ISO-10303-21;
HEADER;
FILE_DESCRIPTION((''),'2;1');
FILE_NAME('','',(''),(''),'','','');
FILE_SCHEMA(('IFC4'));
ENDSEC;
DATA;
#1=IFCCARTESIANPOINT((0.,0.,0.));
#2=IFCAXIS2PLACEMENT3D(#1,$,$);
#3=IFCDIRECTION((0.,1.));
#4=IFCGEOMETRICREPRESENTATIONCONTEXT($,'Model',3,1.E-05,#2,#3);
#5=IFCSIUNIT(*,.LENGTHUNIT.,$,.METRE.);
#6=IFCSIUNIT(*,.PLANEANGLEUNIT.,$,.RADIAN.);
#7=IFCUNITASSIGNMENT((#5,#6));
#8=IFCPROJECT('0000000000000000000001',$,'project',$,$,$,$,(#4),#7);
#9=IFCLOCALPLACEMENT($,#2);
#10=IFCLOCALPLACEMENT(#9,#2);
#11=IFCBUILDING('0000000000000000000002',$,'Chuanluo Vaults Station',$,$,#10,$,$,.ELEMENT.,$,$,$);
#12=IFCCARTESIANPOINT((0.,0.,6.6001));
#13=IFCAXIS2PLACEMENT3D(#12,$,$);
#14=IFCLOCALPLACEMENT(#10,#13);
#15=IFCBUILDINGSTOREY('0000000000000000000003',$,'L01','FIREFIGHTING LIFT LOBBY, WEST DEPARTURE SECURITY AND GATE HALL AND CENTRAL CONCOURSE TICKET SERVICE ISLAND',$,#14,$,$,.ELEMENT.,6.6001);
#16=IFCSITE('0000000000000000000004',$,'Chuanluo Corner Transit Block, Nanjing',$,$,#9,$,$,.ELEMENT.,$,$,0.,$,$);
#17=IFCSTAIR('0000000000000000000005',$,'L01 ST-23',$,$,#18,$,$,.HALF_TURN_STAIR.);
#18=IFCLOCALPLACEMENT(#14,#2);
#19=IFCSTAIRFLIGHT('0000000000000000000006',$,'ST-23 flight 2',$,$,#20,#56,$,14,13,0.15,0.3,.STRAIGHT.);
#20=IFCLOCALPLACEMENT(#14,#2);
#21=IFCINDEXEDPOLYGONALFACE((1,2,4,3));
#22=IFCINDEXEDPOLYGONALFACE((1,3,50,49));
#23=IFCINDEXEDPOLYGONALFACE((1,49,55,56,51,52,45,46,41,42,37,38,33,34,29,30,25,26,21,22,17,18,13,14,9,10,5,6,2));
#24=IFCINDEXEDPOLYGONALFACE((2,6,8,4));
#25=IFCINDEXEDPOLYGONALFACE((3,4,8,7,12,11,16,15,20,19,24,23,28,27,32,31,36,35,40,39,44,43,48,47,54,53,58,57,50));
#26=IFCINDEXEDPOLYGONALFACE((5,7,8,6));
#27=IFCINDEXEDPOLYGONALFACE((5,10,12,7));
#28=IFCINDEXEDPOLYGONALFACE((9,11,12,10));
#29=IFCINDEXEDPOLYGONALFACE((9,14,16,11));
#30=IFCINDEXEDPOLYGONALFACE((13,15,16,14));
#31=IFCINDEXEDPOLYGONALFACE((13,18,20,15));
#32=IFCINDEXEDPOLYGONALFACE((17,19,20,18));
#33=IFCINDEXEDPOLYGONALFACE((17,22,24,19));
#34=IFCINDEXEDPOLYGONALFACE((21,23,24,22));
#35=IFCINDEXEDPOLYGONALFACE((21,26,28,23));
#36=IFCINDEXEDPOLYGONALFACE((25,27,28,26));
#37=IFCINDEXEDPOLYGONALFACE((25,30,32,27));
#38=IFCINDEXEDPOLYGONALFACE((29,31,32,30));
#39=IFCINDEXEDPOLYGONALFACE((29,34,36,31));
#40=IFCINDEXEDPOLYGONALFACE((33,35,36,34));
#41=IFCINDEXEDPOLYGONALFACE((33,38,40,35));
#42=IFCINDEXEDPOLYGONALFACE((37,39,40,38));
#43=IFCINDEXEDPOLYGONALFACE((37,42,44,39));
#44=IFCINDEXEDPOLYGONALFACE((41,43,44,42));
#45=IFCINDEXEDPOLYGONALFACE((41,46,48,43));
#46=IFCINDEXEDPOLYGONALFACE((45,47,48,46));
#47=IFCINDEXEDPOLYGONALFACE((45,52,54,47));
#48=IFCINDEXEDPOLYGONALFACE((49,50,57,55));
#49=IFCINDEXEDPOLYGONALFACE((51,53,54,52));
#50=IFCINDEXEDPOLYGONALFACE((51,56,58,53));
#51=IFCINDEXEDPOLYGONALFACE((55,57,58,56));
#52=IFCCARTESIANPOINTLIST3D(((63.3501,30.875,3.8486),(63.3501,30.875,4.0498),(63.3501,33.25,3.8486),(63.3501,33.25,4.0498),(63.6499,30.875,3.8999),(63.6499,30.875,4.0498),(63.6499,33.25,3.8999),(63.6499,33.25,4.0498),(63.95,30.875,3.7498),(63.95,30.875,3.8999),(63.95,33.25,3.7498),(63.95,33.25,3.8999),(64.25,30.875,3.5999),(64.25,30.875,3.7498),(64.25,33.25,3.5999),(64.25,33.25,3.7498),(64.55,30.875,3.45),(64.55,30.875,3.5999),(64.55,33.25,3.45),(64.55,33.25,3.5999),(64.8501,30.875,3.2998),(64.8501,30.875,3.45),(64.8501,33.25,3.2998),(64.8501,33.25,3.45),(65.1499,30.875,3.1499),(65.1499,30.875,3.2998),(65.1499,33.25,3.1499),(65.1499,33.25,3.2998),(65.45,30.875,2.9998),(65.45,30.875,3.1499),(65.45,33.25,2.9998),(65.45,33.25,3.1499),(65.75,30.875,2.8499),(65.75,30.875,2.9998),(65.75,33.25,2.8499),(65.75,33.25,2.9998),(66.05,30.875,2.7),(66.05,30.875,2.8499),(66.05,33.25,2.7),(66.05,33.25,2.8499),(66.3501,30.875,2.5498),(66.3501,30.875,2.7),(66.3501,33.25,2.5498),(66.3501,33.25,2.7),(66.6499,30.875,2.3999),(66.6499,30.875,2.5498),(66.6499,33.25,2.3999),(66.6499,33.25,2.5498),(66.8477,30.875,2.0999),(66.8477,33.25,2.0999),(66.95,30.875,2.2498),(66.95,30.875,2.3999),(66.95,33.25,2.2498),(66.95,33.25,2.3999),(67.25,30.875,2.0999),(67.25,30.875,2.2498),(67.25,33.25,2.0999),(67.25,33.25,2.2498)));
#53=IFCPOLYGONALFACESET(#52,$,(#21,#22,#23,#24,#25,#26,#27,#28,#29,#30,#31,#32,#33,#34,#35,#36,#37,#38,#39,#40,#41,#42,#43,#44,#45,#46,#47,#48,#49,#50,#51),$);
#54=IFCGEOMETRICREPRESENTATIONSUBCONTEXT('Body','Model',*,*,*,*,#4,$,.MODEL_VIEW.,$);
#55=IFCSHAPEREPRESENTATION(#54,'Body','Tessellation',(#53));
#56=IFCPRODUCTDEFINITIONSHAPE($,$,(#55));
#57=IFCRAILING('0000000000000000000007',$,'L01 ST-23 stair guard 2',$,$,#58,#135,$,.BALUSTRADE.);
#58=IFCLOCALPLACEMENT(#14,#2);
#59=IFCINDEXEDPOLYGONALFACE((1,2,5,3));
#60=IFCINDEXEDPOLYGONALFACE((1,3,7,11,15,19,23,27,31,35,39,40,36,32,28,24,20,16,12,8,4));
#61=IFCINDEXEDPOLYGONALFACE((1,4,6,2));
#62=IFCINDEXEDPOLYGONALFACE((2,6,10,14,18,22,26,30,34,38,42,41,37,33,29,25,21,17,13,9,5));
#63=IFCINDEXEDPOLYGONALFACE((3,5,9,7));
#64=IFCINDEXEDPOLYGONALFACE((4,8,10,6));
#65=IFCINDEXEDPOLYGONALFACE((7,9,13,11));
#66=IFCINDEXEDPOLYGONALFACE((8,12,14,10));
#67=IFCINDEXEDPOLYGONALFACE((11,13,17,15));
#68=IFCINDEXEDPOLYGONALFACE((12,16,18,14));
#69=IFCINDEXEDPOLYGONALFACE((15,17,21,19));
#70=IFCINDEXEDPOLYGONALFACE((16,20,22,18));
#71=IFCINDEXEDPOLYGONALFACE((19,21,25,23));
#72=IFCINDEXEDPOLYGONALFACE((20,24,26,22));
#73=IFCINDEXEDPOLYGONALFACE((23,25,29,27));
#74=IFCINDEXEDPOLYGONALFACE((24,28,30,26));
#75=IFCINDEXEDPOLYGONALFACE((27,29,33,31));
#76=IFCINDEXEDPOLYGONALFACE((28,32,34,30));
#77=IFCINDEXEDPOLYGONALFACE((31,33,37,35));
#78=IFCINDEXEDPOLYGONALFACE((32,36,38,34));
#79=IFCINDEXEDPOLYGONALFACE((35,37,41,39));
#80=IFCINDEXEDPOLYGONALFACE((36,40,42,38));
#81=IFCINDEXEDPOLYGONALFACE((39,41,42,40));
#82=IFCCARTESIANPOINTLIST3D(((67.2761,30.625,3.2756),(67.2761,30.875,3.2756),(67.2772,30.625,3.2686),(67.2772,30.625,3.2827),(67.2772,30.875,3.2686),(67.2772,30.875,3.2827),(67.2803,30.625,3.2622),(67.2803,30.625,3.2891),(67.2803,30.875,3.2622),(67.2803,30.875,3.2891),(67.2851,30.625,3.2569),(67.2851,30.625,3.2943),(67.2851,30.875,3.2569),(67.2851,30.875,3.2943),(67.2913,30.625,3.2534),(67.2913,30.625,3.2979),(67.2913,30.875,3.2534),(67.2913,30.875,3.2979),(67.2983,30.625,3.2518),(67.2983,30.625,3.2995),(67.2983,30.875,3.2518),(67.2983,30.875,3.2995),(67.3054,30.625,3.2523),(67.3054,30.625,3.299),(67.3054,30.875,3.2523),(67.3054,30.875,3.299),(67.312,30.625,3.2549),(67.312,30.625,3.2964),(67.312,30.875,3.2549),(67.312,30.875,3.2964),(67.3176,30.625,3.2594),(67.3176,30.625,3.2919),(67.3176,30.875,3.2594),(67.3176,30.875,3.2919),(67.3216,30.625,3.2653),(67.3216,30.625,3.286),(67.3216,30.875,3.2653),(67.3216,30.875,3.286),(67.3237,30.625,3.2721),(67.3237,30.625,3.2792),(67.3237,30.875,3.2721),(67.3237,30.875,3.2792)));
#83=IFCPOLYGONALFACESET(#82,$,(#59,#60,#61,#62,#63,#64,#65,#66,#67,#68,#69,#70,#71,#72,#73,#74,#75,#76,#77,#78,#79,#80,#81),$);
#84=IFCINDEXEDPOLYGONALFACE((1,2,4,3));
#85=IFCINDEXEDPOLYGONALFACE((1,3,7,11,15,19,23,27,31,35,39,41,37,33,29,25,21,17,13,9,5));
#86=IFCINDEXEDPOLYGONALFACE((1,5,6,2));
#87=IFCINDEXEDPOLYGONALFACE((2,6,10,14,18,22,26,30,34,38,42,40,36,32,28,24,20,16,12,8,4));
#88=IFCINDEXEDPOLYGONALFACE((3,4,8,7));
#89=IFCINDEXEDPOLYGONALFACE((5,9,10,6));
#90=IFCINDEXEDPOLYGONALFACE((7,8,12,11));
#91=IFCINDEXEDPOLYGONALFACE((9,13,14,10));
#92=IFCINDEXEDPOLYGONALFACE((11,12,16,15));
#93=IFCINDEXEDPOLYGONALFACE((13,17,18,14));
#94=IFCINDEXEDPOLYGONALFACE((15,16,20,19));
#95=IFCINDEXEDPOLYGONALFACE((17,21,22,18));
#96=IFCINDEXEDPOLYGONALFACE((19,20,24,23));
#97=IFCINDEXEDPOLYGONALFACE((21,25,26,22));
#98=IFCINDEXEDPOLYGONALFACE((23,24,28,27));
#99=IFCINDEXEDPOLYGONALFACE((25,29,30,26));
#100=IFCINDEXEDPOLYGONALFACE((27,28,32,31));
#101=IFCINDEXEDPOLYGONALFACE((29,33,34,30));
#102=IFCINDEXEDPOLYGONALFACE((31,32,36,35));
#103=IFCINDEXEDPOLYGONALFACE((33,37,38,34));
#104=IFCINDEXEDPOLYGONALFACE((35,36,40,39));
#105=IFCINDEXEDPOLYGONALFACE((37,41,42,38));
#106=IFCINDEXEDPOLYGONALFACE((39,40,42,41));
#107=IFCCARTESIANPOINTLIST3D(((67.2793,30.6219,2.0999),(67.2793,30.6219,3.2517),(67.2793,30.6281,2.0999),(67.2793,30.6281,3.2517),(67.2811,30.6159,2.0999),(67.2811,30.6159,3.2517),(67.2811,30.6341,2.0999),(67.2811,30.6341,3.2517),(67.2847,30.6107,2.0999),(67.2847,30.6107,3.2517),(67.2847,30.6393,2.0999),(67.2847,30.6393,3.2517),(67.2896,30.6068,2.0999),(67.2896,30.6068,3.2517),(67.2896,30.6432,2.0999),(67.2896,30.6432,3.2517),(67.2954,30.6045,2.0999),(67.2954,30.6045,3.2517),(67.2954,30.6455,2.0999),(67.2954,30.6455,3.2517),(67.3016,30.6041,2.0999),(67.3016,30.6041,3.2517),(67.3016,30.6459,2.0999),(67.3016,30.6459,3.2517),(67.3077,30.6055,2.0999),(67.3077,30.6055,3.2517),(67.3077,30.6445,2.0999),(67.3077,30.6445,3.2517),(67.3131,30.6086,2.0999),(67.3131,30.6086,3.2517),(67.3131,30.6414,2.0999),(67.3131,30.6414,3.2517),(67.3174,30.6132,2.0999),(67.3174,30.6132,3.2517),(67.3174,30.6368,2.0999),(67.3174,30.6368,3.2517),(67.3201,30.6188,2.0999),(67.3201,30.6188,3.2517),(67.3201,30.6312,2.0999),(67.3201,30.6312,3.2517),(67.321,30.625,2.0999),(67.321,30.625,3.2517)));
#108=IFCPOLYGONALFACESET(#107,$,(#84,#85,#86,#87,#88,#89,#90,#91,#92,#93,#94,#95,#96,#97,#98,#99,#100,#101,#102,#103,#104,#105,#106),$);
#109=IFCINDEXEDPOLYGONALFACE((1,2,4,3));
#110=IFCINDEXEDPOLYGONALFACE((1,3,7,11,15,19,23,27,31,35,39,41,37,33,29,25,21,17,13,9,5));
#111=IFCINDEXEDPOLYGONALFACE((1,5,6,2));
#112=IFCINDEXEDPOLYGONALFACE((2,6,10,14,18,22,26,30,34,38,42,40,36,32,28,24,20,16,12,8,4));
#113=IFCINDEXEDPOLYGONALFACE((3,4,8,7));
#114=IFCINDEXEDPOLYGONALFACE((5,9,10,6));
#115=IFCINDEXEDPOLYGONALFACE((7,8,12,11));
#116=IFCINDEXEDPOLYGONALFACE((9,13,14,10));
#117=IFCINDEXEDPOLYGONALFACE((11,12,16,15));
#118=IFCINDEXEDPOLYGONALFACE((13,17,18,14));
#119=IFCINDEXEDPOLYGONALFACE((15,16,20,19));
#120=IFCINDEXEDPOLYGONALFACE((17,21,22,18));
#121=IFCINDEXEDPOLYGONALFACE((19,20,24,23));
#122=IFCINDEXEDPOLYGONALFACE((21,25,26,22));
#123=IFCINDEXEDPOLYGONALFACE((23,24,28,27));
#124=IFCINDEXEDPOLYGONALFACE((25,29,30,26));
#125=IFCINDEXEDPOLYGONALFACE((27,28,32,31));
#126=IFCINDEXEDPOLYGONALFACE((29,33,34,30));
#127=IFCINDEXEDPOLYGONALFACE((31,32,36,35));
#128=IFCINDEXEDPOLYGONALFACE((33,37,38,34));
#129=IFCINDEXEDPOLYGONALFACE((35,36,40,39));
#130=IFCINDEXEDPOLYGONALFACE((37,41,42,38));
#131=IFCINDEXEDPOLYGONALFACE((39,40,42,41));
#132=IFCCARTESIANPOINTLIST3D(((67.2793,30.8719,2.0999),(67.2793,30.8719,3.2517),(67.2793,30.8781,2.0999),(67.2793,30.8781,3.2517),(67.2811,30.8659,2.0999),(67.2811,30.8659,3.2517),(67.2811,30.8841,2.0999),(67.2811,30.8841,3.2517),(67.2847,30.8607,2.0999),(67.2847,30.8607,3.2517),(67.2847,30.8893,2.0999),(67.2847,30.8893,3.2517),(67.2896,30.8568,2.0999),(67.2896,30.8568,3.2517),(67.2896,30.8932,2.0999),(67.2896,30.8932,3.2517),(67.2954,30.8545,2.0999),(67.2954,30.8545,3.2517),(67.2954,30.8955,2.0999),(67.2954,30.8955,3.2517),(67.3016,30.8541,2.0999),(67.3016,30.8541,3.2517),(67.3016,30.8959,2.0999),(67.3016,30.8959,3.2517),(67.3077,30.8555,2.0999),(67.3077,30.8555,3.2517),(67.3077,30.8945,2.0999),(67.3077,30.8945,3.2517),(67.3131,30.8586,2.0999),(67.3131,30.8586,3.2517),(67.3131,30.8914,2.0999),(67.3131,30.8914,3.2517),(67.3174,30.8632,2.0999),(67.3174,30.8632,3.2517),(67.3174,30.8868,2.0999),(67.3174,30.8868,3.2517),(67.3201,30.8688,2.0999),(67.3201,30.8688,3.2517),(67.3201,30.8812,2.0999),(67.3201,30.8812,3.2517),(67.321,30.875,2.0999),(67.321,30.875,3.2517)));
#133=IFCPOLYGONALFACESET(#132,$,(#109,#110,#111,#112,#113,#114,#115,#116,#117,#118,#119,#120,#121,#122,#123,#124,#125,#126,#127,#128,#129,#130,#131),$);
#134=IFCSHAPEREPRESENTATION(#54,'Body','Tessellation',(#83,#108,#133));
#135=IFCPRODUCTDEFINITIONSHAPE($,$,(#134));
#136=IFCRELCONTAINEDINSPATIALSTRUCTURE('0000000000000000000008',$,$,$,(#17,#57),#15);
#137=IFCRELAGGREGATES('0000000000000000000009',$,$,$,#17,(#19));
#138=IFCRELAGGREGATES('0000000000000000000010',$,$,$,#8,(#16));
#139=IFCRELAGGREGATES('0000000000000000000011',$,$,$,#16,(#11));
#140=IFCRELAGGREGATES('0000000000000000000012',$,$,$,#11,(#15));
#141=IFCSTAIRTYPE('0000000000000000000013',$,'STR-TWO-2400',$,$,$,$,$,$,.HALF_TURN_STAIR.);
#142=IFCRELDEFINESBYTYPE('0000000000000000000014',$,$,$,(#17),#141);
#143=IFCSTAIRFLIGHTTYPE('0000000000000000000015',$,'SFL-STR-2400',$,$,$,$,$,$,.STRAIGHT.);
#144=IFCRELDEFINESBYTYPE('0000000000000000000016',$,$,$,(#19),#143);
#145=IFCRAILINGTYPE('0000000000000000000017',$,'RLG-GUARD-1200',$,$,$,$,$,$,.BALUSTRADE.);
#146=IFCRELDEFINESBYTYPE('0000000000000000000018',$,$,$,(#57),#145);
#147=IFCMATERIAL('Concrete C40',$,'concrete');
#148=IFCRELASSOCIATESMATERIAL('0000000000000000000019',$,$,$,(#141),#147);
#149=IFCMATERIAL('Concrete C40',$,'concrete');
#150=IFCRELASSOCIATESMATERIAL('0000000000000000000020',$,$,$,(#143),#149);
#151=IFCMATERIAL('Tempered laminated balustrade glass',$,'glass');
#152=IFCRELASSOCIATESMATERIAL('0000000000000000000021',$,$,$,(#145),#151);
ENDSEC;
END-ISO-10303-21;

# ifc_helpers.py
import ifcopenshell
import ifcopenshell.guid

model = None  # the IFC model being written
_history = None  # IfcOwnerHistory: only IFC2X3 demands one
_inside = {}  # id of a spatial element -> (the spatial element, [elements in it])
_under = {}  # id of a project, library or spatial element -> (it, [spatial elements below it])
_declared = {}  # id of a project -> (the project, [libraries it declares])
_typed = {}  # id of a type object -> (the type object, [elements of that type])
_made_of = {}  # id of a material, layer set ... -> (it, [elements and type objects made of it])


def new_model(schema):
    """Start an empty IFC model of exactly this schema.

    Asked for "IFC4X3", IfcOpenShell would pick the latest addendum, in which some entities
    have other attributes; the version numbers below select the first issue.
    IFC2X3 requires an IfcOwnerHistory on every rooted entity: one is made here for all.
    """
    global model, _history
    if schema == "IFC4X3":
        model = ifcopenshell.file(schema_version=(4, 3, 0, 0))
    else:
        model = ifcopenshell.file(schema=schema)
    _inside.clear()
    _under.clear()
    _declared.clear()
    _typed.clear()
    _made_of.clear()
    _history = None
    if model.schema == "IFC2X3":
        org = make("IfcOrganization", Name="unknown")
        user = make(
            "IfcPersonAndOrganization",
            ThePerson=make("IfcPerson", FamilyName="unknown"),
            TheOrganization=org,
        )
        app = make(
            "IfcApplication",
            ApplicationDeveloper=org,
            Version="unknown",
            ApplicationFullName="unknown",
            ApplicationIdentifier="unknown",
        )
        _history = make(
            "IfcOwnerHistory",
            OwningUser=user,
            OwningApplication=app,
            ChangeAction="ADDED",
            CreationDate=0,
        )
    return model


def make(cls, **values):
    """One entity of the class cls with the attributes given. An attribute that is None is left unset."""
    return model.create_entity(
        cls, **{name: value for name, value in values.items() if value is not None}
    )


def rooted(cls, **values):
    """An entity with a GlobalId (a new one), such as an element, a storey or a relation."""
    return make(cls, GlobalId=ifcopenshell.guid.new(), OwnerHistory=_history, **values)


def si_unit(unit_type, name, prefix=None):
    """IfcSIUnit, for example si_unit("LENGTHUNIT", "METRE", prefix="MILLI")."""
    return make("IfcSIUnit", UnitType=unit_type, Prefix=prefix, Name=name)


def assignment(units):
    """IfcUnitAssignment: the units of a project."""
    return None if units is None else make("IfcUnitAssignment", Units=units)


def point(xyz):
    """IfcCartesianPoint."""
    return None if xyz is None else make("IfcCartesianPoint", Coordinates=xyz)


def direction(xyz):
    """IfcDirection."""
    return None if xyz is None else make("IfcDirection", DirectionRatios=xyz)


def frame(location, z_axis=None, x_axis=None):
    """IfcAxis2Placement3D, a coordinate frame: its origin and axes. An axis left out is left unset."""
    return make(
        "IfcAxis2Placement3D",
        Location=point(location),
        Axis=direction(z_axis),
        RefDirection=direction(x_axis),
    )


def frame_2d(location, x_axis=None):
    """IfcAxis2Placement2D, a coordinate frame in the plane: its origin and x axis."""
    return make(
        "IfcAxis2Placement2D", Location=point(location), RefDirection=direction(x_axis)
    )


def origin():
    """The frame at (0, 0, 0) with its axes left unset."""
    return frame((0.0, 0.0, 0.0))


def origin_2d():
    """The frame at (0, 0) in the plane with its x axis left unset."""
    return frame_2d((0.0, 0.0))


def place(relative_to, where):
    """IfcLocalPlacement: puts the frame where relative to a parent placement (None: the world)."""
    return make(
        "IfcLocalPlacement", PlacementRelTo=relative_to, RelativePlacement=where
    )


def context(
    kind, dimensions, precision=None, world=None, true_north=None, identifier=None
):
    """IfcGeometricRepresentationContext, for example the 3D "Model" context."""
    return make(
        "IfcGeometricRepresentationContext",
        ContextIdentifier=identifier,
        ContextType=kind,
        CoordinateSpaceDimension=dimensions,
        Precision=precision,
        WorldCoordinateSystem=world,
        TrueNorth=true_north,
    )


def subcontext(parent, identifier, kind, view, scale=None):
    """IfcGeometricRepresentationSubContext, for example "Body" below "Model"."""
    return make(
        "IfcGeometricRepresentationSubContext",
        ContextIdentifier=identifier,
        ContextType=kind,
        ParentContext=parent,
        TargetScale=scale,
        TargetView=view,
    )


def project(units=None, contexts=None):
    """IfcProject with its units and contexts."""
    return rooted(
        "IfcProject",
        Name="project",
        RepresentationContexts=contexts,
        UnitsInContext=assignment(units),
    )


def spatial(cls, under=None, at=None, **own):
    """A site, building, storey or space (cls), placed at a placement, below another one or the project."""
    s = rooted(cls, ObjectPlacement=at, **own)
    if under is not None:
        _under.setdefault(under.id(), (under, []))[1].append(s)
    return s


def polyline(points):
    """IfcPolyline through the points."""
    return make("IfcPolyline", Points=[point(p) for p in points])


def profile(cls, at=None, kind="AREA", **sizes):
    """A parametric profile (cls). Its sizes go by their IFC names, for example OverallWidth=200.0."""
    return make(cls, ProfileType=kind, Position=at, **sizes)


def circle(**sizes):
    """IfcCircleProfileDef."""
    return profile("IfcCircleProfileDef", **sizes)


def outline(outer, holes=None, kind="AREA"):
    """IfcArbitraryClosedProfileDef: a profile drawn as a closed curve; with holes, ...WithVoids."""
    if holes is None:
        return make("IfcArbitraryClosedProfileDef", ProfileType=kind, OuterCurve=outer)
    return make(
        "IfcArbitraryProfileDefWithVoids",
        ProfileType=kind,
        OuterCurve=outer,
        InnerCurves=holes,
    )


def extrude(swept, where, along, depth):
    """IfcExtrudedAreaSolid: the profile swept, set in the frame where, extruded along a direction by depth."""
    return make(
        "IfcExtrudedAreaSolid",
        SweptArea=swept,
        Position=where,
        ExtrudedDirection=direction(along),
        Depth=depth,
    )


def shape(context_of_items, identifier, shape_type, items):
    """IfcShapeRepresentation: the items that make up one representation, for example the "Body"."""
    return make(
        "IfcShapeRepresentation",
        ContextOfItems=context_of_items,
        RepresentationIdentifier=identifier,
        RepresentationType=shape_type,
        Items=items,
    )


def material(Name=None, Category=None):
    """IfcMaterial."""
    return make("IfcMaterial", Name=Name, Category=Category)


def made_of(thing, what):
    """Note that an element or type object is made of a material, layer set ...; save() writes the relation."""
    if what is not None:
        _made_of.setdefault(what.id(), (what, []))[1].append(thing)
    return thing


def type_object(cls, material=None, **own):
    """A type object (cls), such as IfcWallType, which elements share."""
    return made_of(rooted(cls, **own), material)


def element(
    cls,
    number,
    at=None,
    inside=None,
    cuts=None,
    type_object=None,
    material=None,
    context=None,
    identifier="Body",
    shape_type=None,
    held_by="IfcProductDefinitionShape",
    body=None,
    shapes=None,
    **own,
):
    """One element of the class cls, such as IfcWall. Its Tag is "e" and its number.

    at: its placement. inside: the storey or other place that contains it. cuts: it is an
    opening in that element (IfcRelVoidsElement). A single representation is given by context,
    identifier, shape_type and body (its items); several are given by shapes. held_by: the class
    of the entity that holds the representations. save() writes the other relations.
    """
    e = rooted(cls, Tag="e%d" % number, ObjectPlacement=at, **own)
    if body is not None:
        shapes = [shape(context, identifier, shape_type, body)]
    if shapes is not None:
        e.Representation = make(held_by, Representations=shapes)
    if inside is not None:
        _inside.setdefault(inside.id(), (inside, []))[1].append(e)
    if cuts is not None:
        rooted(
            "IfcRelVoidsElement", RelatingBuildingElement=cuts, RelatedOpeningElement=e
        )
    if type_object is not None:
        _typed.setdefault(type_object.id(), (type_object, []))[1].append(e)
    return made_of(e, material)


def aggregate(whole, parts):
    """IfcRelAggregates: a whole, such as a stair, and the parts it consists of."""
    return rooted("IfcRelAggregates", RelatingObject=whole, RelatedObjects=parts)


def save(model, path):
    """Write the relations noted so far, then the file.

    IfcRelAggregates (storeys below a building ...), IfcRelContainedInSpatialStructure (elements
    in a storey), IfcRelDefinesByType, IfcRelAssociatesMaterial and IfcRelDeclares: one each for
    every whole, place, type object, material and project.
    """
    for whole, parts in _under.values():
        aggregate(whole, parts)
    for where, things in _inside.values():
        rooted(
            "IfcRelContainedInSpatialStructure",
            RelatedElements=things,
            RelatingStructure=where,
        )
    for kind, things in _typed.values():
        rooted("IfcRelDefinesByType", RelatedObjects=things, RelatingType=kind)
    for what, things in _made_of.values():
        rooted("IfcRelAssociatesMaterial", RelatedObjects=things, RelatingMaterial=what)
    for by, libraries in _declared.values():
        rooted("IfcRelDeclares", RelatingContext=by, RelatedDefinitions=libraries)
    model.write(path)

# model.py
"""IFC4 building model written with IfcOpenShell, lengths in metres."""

from ifc_helpers import new_model, si_unit, direction, frame, origin, origin_2d, place, context, subcontext, project, spatial, polyline, circle, outline, extrude, material, type_object, element, aggregate, save


model = new_model("IFC4")

# Units and contexts
model_context = context("Model", 3, precision=1e-05, world=origin(), true_north=direction((0.0, 1.0)))
body_context = subcontext(model_context, "Body", "Model", "MODEL_VIEW")
ifc_project = project(units=[si_unit("LENGTHUNIT", "METRE"), si_unit("PLANEANGLEUNIT", "RADIAN")], contexts=[model_context])

# Site, building, storey
site_placement = place(None, origin())
site = spatial("IfcSite", under=ifc_project, at=site_placement, Name="Chuanluo Corner Transit Block, Nanjing", CompositionType="ELEMENT", RefElevation=0.0)
building_placement = place(site_placement, origin())
building = spatial("IfcBuilding", under=site, at=building_placement, Name="Chuanluo Vaults Station", CompositionType="ELEMENT")
storey_placement = place(building_placement, frame((0.0, 0.0, 6.6001)))
storey = spatial("IfcBuildingStorey", under=building, at=storey_placement, Name="L01", Description="FIREFIGHTING LIFT LOBBY, WEST DEPARTURE SECURITY AND GATE HALL AND CENTRAL CONCOURSE TICKET SERVICE ISLAND", CompositionType="ELEMENT", Elevation=6.6001)

# Stair, stair flight
ifc_material_1 = material(Name="Concrete C40", Category="concrete")
stair_type = type_object("IfcStairType", Name="STR-TWO-2400", PredefinedType="HALF_TURN_STAIR", material=ifc_material_1)
stair_placement = place(storey_placement, origin())
stair = element("IfcStair", 1, at=stair_placement, inside=storey, type_object=stair_type, Name="L01 ST-23", PredefinedType="HALF_TURN_STAIR")
ifc_material_2 = material(Name="Concrete C40", Category="concrete")
stair_flight_type = type_object("IfcStairFlightType", Name="SFL-STR-2400", PredefinedType="STRAIGHT", material=ifc_material_2)
stair_flight_placement = place(storey_placement, frame((67.25, 32.0625, 2.0999), z_axis=(0.0, 0.0, 1.0), x_axis=(-1.0, 0.0, 0.0)))
stair_flight = element("IfcStairFlight", 2, at=stair_flight_placement, type_object=stair_flight_type, Name="ST-23 flight 2", NumberOfRisers=14, NumberOfTreads=13, PredefinedType="STRAIGHT", RiserHeight=0.15, TreadLength=0.3, context=body_context, shape_type="SweptSolid", body=[
    extrude(outline(polyline([(0.0, 0.0), (0.0, 0.1499), (0.3, 0.1499), (0.3, 0.3), (0.6001, 0.3), (0.6001, 0.45), (0.8999, 0.45), (0.8999, 0.6001), (1.2, 0.6001), (1.2, 0.75), (1.5, 0.75), (1.5, 0.8999), (1.8, 0.8999), (1.8, 1.05), (2.1001, 1.05), (2.1001, 1.2), (2.3999, 1.2), (2.3999, 1.3501), (2.7, 1.3501), (2.7, 1.5), (3.0, 1.5), (3.0, 1.6499), (3.3, 1.6499), (3.3, 1.8), (3.6001, 1.8), (3.6001, 1.95), (3.8999, 1.95), (3.8999, 2.1001), (3.8999, 1.7488), (0.4023, 0.0), (0.0, 0.0)])), frame((0.0, 1.1875, 0.0), z_axis=(0.0, -1.0, 0.0), x_axis=(1.0, 0.0, 0.0)), (0.0, 0.0, 1.0), 2.375),
])
aggregate(stair, [stair_flight])

# Railing
ifc_material_3 = material(Name="Tempered laminated balustrade glass", Category="glass")
railing_type_1 = type_object("IfcRailingType", Name="RLG-GUARD-1200", PredefinedType="BALUSTRADE", material=ifc_material_3)
railing_1_placement = place(storey_placement, frame((67.3, 30.625, 2.0999)))
element("IfcRailing", 3, at=railing_1_placement, inside=storey, type_object=railing_type_1, Name="L01 ST-23 stair guard 2", PredefinedType="BALUSTRADE", context=body_context, shape_type="SweptSolid", body=[
    extrude(circle(Radius=0.0239, at=origin_2d()), frame((0.0, 0.0, 1.1758), z_axis=(0.0, 1.0, 0.0), x_axis=(-1.0, 0.0, 0.0)), (0.0, 0.0, 1.0), 0.25),
    extrude(circle(Radius=0.021, at=origin_2d()), origin(), (0.0, 0.0, 1.0), 1.1519),
    extrude(circle(Radius=0.021, at=origin_2d()), frame((0.0, 0.25, 0.0)), (0.0, 0.0, 1.0), 1.1519),
])

save(model, "model.ifc")
